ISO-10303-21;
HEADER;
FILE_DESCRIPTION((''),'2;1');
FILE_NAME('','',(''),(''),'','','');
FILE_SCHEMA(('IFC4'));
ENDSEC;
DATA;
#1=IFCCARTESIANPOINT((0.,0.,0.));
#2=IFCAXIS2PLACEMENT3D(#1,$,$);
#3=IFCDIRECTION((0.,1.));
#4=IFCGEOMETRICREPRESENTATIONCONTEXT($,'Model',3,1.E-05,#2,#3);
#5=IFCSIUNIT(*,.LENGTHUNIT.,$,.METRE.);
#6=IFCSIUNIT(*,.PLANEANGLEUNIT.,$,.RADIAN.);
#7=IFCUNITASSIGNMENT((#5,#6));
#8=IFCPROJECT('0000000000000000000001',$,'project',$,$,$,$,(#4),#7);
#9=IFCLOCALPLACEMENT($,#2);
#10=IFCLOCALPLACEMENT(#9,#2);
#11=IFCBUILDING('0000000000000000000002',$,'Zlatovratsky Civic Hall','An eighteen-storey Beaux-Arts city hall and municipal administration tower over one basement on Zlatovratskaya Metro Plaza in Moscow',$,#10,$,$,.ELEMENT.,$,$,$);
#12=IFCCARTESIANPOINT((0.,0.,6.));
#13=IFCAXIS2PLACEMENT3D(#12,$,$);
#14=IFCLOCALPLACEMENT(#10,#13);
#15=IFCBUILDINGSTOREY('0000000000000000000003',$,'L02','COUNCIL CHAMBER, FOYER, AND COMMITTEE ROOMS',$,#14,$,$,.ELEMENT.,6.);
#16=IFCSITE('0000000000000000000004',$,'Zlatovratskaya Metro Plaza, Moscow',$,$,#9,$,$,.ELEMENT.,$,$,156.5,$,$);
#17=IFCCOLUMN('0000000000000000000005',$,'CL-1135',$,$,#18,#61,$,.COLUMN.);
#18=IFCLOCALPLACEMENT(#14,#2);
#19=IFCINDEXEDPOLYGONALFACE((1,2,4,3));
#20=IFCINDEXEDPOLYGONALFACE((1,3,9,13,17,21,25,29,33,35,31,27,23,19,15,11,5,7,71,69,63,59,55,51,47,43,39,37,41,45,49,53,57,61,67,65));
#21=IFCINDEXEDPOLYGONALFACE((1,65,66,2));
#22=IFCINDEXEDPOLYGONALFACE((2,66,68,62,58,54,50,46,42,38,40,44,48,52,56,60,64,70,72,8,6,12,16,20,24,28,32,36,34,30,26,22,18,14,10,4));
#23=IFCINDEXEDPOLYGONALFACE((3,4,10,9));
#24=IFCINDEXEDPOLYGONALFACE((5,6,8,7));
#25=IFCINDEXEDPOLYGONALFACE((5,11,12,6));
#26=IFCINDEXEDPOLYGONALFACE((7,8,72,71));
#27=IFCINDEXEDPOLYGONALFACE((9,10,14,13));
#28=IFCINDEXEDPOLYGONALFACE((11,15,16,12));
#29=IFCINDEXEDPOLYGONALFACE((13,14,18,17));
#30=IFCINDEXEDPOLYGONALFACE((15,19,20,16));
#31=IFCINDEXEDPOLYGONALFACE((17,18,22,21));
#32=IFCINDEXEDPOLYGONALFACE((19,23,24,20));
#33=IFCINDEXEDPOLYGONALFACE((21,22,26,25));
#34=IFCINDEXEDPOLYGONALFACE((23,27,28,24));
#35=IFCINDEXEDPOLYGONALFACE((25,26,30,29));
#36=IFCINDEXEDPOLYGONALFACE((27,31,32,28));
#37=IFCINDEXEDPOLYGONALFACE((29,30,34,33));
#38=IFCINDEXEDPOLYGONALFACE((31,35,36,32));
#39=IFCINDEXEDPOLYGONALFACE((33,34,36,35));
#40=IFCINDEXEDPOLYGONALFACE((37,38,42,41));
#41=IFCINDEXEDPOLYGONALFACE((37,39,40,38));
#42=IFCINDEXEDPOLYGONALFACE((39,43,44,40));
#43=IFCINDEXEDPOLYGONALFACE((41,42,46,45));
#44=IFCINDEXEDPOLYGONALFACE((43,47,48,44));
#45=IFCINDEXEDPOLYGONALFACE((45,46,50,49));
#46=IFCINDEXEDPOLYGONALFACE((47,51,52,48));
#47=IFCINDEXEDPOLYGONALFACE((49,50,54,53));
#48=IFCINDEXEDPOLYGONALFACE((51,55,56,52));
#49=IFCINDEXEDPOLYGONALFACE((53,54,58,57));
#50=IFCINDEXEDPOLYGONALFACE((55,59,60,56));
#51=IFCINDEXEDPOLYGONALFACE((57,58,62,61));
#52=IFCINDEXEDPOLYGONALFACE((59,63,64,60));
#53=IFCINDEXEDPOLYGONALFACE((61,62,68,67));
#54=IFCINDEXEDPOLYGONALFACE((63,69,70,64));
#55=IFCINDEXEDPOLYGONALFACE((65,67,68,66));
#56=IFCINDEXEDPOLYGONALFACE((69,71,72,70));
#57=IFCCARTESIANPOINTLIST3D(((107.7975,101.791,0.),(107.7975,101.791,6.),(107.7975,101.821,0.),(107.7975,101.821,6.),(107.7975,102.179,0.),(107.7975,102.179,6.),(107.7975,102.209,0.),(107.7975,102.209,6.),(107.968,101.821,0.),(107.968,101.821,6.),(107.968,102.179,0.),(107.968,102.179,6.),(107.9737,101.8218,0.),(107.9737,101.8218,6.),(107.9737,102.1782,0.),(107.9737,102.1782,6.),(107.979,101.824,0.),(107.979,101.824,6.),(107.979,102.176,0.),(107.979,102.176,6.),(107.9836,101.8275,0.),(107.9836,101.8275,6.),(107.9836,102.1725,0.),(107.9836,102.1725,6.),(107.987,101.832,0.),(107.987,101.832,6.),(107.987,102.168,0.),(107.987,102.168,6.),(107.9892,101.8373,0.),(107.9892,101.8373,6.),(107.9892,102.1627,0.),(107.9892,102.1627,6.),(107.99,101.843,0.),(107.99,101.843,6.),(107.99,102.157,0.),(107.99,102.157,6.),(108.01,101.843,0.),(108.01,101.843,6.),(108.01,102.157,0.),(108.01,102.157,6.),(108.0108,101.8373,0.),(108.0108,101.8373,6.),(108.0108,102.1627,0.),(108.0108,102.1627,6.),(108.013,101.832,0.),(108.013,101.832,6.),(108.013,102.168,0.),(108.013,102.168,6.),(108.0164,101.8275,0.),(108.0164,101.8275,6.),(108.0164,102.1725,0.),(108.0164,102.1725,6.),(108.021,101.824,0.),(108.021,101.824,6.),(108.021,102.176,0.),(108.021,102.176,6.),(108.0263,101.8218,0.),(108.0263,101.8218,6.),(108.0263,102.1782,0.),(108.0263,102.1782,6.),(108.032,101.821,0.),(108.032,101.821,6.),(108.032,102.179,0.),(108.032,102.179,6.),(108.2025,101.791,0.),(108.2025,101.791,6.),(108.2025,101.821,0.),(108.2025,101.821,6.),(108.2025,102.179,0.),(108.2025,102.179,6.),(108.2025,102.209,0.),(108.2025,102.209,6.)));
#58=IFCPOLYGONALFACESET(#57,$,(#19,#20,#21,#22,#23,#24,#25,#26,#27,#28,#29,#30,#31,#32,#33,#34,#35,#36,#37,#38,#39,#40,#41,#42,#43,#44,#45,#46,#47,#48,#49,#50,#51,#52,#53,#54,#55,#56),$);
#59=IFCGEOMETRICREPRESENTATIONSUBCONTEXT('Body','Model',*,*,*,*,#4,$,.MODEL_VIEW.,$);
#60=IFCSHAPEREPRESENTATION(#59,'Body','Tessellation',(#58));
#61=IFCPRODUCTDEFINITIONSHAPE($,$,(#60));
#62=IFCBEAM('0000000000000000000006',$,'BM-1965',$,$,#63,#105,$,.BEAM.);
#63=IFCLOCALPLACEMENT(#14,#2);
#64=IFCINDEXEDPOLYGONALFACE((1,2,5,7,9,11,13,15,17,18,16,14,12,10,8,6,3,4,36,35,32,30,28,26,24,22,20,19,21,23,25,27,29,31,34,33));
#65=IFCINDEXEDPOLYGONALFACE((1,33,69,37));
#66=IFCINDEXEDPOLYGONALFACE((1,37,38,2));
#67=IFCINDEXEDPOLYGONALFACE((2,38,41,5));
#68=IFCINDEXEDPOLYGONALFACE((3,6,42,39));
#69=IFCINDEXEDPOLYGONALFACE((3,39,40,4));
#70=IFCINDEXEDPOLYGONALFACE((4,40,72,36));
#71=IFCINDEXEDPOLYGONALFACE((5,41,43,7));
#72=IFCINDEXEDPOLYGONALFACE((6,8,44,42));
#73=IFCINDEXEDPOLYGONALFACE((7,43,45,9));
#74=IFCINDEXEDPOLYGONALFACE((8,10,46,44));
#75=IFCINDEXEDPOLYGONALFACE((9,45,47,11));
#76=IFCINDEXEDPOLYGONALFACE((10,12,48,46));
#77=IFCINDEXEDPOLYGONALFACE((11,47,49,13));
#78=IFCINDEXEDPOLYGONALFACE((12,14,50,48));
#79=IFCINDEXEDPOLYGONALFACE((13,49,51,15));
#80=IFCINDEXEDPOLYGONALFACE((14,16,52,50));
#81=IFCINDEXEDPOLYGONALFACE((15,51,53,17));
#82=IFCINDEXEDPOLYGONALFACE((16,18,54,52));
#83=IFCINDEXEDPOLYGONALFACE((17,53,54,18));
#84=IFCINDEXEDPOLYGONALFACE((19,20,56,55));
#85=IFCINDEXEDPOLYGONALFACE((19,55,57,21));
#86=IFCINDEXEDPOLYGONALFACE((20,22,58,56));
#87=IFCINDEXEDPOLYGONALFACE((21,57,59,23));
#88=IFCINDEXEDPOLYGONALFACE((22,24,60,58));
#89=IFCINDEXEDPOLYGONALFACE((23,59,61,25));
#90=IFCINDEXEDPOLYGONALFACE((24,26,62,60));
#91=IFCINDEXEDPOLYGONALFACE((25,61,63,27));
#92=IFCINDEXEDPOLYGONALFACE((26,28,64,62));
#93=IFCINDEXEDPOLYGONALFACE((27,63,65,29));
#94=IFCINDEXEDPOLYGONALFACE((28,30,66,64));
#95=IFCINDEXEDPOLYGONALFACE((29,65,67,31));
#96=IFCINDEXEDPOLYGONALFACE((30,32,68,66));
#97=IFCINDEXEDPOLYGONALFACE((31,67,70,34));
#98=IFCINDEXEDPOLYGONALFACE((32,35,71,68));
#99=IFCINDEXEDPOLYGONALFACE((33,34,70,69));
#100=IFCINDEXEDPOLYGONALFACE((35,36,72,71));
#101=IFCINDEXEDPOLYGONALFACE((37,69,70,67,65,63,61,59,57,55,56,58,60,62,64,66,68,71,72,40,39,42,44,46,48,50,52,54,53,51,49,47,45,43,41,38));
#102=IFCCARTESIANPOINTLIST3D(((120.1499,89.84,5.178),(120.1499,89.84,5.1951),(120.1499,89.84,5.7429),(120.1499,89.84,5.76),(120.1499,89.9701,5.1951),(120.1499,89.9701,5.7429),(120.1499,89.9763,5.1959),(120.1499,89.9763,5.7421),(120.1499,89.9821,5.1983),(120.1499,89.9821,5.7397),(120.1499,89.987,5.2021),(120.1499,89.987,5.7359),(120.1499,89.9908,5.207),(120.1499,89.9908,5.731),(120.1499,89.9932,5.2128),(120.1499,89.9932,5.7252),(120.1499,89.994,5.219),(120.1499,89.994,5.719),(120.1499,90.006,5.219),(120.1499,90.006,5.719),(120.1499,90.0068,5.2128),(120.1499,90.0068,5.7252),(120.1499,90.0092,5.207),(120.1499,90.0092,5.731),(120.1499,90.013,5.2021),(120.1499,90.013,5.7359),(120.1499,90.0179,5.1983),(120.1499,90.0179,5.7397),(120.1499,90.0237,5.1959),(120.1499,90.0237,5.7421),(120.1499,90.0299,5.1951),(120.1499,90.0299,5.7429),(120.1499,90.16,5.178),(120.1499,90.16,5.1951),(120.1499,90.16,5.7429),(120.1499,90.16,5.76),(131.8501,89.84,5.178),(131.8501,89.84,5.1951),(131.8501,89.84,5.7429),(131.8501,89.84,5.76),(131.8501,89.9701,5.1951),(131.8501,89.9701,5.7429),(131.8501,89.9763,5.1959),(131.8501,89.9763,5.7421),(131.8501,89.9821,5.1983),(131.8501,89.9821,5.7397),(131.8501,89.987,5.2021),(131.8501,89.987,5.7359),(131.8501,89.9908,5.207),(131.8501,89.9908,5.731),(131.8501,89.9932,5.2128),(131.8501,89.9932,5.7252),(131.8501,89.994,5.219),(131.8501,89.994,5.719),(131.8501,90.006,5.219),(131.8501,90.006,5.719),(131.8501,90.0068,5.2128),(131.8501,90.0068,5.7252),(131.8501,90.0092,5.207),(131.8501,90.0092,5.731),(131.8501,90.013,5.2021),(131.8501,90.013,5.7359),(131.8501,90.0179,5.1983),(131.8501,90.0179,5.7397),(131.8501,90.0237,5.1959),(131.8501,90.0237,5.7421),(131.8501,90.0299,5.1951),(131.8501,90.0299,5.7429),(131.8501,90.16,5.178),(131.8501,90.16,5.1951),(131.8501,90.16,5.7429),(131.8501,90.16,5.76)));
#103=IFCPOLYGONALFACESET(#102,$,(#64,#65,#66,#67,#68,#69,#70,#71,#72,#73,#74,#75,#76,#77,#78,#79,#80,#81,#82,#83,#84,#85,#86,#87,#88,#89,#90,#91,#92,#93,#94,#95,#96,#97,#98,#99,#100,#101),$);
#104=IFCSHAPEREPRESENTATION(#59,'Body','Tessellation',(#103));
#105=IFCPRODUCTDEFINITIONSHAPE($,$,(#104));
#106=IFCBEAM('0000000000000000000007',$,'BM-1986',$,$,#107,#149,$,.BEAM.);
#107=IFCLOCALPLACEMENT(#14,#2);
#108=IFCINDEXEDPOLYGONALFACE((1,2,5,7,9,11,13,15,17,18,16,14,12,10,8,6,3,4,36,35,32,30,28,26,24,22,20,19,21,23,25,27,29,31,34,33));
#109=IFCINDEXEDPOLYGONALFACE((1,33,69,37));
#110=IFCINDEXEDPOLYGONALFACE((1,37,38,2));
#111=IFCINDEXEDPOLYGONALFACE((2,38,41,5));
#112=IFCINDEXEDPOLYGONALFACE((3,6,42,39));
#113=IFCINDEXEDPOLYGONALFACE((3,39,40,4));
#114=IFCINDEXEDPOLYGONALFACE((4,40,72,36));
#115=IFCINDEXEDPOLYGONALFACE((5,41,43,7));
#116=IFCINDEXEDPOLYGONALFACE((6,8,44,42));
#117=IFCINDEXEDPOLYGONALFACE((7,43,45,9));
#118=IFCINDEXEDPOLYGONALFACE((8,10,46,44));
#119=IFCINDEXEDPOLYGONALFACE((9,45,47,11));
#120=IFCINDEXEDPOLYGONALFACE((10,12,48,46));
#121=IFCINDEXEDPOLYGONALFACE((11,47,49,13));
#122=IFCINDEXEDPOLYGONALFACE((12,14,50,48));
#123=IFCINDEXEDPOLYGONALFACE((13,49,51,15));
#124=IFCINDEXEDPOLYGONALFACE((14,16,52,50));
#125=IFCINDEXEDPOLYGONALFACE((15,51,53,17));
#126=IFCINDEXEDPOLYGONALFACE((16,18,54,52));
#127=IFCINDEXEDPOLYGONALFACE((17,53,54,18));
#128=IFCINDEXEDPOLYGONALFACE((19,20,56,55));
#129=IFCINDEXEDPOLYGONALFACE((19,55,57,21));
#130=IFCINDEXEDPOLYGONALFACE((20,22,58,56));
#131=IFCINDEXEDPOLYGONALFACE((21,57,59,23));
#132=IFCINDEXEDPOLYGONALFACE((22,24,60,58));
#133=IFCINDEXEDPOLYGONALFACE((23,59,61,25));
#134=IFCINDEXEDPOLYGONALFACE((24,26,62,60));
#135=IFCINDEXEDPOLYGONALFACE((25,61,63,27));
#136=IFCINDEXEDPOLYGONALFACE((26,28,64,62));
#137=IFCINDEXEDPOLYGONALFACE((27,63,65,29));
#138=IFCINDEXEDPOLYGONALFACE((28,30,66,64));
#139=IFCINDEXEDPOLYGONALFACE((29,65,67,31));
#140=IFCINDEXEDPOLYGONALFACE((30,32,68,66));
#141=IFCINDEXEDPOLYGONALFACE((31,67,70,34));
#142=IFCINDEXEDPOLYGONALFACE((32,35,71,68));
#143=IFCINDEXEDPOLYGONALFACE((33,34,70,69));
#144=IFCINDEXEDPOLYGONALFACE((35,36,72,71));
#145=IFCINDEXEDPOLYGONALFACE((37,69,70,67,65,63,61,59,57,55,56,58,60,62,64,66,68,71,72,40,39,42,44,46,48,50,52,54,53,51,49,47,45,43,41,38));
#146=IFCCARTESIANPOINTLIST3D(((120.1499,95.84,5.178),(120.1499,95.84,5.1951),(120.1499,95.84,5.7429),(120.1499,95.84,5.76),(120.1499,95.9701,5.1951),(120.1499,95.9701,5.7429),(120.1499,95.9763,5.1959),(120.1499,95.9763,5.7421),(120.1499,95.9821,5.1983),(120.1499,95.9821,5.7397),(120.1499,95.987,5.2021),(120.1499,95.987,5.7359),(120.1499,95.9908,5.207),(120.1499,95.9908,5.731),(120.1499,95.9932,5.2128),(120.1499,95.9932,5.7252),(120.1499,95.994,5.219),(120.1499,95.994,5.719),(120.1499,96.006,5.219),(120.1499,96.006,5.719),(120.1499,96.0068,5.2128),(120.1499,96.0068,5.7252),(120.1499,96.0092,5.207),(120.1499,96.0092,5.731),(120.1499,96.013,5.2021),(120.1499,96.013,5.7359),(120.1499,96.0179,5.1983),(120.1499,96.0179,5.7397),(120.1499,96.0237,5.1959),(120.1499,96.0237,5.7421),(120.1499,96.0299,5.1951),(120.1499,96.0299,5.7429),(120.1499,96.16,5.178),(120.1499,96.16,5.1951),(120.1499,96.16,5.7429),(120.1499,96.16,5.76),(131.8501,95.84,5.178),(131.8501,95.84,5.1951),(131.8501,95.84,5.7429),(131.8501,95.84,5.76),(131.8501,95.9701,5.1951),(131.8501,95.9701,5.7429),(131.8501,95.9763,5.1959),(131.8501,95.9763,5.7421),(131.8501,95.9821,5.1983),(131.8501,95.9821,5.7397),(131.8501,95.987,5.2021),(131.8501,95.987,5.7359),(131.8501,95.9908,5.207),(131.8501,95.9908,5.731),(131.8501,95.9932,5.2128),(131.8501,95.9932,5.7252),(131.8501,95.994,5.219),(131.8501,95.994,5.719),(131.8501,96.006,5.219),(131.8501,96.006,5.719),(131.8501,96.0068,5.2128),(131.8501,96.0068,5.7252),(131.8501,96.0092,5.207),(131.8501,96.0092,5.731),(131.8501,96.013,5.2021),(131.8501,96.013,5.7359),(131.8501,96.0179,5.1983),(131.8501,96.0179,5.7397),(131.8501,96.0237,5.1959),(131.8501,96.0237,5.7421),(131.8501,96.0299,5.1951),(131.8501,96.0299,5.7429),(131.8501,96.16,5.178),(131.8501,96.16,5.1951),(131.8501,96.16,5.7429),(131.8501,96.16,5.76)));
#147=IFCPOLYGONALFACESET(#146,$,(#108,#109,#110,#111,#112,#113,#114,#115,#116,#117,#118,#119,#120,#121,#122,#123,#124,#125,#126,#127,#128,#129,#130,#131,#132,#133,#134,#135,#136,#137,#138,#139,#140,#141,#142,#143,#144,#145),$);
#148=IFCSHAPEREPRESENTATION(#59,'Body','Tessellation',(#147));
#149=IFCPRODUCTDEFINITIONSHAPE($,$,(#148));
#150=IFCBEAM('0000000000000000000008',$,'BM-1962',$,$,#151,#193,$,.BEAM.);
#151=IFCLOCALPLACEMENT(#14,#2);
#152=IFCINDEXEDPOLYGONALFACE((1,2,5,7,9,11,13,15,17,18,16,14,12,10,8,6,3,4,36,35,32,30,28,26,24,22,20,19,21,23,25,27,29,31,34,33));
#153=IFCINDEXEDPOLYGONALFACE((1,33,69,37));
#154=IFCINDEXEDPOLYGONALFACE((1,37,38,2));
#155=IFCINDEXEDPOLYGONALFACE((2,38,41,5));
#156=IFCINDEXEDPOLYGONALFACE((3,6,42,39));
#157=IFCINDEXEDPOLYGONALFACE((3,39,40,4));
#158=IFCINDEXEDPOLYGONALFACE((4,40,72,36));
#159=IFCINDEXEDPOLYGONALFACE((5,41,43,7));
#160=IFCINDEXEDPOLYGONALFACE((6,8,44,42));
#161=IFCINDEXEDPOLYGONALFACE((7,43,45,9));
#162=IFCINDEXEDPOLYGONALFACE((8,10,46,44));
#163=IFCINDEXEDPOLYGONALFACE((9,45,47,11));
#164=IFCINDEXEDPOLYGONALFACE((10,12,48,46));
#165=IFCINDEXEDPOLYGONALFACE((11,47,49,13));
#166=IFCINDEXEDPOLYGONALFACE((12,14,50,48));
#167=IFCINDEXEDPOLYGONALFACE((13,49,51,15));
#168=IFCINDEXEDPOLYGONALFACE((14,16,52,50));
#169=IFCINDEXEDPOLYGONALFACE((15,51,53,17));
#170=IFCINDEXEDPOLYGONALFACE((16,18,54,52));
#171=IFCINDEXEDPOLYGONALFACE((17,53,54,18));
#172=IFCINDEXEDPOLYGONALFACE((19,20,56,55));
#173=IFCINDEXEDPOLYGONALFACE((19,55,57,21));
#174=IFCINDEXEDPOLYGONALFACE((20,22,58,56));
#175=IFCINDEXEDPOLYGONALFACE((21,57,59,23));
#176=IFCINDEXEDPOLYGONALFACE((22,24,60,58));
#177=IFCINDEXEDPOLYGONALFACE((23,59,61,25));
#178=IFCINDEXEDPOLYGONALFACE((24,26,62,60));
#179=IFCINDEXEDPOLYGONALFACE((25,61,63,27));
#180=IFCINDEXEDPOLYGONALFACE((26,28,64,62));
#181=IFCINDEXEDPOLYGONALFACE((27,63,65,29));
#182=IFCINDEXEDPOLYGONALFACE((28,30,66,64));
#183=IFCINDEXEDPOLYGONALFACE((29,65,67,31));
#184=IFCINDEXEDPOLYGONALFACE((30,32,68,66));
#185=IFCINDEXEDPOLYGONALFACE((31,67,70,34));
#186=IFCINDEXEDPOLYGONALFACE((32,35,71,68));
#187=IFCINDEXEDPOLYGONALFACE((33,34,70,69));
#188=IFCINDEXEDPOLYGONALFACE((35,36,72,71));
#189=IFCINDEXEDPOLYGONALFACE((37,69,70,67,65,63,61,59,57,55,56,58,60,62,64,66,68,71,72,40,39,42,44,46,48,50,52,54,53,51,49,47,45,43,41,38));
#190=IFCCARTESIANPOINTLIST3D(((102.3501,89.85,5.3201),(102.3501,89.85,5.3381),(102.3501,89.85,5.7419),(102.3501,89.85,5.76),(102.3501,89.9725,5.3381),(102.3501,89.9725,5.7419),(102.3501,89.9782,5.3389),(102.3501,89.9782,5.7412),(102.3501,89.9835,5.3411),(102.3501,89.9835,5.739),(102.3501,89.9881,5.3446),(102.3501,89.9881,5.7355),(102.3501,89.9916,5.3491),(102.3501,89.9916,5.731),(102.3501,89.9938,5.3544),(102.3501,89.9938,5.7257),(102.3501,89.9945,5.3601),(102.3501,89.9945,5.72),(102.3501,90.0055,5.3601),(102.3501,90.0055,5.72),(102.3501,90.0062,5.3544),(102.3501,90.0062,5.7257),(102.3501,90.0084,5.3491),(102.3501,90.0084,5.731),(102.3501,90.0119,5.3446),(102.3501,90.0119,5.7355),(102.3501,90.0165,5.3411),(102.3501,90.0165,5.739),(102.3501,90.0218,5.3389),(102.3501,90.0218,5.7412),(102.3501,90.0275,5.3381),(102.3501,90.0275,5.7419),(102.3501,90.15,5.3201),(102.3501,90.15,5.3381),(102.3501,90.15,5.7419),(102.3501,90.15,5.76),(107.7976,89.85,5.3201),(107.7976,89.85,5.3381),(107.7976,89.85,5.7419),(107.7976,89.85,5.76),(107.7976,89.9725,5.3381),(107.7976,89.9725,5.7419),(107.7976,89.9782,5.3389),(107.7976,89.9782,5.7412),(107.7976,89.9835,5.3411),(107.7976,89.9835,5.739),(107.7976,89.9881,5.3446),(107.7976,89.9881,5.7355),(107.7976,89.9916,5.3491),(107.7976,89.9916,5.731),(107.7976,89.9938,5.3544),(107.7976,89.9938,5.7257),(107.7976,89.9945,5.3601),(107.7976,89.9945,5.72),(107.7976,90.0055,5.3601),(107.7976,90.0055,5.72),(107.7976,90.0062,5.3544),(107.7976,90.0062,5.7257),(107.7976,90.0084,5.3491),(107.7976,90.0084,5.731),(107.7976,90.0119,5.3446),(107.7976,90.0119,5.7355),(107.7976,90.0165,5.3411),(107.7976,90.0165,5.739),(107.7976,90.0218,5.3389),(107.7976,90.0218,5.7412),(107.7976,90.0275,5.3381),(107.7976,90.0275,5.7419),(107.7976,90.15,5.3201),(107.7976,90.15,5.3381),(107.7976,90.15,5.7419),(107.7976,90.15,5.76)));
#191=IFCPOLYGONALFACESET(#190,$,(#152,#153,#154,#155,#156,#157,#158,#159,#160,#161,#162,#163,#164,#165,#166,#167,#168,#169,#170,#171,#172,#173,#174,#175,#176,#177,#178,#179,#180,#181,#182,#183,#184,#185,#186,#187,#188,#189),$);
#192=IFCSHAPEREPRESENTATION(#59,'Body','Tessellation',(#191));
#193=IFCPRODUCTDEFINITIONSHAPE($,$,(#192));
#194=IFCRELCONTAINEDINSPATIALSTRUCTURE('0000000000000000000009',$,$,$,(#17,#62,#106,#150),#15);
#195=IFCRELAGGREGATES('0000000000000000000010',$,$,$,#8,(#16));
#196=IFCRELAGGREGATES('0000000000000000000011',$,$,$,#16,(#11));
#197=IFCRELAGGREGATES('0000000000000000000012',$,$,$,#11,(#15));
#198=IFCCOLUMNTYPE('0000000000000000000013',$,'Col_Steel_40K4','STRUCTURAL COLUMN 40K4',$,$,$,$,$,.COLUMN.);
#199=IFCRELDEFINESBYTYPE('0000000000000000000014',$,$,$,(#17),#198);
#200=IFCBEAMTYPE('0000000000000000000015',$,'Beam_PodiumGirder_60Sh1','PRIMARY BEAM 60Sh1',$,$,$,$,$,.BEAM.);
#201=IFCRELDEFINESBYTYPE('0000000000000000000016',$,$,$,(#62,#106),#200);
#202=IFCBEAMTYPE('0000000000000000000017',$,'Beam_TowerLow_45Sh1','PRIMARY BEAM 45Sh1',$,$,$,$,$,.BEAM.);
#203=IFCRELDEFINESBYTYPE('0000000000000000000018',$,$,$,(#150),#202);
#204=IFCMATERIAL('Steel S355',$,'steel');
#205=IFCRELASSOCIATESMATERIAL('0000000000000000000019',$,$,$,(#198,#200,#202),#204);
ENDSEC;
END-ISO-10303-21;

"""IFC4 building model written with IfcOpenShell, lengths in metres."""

from ifc_helpers import new_model, si_unit, direction, frame, origin, origin_2d, place, context, subcontext, project, spatial, i_section, extrude, material, material_profile, profile_set, type_object, element, save


model = new_model("IFC4")

# Units and contexts
model_context = context("Model", 3, precision=1e-05, world=origin(), true_north=direction((0.0, 1.0)))
body_context = subcontext(model_context, "Body", "Model", "MODEL_VIEW")
ifc_project = project(units=[si_unit("LENGTHUNIT", "METRE"), si_unit("PLANEANGLEUNIT", "RADIAN")], contexts=[model_context])

# Site, building, storey
site_placement = place(None, origin())
site = spatial("IfcSite", under=ifc_project, at=site_placement, Name="Zlatovratskaya Metro Plaza, Moscow", CompositionType="ELEMENT", RefElevation=156.5)
building_placement = place(site_placement, origin())
building = spatial("IfcBuilding", under=site, at=building_placement, Name="Zlatovratsky Civic Hall", Description="An eighteen-storey Beaux-Arts city hall and municipal administration tower over one basement on Zlatovratskaya Metro Plaza in Moscow", CompositionType="ELEMENT")
storey_placement = place(building_placement, frame((0.0, 0.0, 6.0)))
storey = spatial("IfcBuildingStorey", under=building, at=storey_placement, Name="L02", Description="COUNCIL CHAMBER, FOYER, AND COMMITTEE ROOMS", CompositionType="ELEMENT", Elevation=6.0)

# Column
ifc_material_1 = material(Name="Steel S355", Category="steel")
ifc_material_profile_1 = material_profile(ifc_material_1, i_section(OverallWidth=0.405, OverallDepth=0.418, WebThickness=0.02, FlangeThickness=0.03, FilletRadius=0.022, at=origin_2d()), Name="40K4")
ifc_profile_set_1 = profile_set([ifc_material_profile_1], Name="Steel S355")
column_type_1 = type_object("IfcColumnType", Name="Col_Steel_40K4", Description="STRUCTURAL COLUMN 40K4", PredefinedType="COLUMN", material=ifc_profile_set_1)
for number, where, z_axis, x_axis, name in (
    (1, (108.0, 102.0, 0.0), (0.0, 0.0, 1.0), (1.0, 0.0, 0.0), "CL-1135"),
):
    element("IfcColumn", number, at=place(storey_placement, frame(where, z_axis=z_axis, x_axis=x_axis)), inside=storey, type_object=column_type_1, Name=name, PredefinedType="COLUMN", context=body_context, shape_type="SweptSolid", body=[
        extrude(i_section(OverallWidth=0.405, OverallDepth=0.418, WebThickness=0.02, FlangeThickness=0.03, FilletRadius=0.022, at=origin_2d()), origin(), (0.0, 0.0, 1.0), 6.0),
    ])

# Beams
ifc_material_profile_2 = material_profile(ifc_material_1, i_section(OverallWidth=0.3201, OverallDepth=0.582, WebThickness=0.012, FlangeThickness=0.0171, FilletRadius=0.0239, at=origin_2d()), Name="60Sh1")
ifc_profile_set_2 = profile_set([ifc_material_profile_2], Name="Steel S355")
beam_type_1 = type_object("IfcBeamType", Name="Beam_PodiumGirder_60Sh1", Description="PRIMARY BEAM 60Sh1", PredefinedType="BEAM", material=ifc_profile_set_2)
for number, where, z_axis, x_axis, name in (
    (2, (120.1499, 90.0, 5.469), (1.0, 0.0, 0.0), (0.0, 1.0, 0.0), "BM-1965"),
    (3, (120.1499, 96.0, 5.469), (1.0, 0.0, 0.0), (0.0, 1.0, 0.0), "BM-1986"),
):
    element("IfcBeam", number, at=place(storey_placement, frame(where, z_axis=z_axis, x_axis=x_axis)), inside=storey, type_object=beam_type_1, Name=name, PredefinedType="BEAM", context=body_context, shape_type="SweptSolid", body=[
        extrude(i_section(OverallWidth=0.3201, OverallDepth=0.582, WebThickness=0.012, FlangeThickness=0.0171, FilletRadius=0.0239, at=origin_2d()), origin(), (0.0, 0.0, 1.0), 11.7002),
    ])
ifc_material_profile_3 = material_profile(ifc_material_1, i_section(OverallWidth=0.3, OverallDepth=0.4399, WebThickness=0.011, FlangeThickness=0.0181, FilletRadius=0.022, at=origin_2d()), Name="45Sh1")
ifc_profile_set_3 = profile_set([ifc_material_profile_3], Name="Steel S355")
beam_type_2 = type_object("IfcBeamType", Name="Beam_TowerLow_45Sh1", Description="PRIMARY BEAM 45Sh1", PredefinedType="BEAM", material=ifc_profile_set_3)
beam_1_placement = place(storey_placement, frame((102.3501, 90.0, 5.54), z_axis=(1.0, 0.0, 0.0), x_axis=(0.0, 1.0, 0.0)))
element("IfcBeam", 4, at=beam_1_placement, inside=storey, type_object=beam_type_2, Name="BM-1962", PredefinedType="BEAM", context=body_context, shape_type="SweptSolid", body=[
    extrude(i_section(OverallWidth=0.3, OverallDepth=0.4399, WebThickness=0.011, FlangeThickness=0.0181, FilletRadius=0.022, at=origin_2d()), origin(), (0.0, 0.0, 1.0), 5.4475),
])

save(model, "model.ifc")
